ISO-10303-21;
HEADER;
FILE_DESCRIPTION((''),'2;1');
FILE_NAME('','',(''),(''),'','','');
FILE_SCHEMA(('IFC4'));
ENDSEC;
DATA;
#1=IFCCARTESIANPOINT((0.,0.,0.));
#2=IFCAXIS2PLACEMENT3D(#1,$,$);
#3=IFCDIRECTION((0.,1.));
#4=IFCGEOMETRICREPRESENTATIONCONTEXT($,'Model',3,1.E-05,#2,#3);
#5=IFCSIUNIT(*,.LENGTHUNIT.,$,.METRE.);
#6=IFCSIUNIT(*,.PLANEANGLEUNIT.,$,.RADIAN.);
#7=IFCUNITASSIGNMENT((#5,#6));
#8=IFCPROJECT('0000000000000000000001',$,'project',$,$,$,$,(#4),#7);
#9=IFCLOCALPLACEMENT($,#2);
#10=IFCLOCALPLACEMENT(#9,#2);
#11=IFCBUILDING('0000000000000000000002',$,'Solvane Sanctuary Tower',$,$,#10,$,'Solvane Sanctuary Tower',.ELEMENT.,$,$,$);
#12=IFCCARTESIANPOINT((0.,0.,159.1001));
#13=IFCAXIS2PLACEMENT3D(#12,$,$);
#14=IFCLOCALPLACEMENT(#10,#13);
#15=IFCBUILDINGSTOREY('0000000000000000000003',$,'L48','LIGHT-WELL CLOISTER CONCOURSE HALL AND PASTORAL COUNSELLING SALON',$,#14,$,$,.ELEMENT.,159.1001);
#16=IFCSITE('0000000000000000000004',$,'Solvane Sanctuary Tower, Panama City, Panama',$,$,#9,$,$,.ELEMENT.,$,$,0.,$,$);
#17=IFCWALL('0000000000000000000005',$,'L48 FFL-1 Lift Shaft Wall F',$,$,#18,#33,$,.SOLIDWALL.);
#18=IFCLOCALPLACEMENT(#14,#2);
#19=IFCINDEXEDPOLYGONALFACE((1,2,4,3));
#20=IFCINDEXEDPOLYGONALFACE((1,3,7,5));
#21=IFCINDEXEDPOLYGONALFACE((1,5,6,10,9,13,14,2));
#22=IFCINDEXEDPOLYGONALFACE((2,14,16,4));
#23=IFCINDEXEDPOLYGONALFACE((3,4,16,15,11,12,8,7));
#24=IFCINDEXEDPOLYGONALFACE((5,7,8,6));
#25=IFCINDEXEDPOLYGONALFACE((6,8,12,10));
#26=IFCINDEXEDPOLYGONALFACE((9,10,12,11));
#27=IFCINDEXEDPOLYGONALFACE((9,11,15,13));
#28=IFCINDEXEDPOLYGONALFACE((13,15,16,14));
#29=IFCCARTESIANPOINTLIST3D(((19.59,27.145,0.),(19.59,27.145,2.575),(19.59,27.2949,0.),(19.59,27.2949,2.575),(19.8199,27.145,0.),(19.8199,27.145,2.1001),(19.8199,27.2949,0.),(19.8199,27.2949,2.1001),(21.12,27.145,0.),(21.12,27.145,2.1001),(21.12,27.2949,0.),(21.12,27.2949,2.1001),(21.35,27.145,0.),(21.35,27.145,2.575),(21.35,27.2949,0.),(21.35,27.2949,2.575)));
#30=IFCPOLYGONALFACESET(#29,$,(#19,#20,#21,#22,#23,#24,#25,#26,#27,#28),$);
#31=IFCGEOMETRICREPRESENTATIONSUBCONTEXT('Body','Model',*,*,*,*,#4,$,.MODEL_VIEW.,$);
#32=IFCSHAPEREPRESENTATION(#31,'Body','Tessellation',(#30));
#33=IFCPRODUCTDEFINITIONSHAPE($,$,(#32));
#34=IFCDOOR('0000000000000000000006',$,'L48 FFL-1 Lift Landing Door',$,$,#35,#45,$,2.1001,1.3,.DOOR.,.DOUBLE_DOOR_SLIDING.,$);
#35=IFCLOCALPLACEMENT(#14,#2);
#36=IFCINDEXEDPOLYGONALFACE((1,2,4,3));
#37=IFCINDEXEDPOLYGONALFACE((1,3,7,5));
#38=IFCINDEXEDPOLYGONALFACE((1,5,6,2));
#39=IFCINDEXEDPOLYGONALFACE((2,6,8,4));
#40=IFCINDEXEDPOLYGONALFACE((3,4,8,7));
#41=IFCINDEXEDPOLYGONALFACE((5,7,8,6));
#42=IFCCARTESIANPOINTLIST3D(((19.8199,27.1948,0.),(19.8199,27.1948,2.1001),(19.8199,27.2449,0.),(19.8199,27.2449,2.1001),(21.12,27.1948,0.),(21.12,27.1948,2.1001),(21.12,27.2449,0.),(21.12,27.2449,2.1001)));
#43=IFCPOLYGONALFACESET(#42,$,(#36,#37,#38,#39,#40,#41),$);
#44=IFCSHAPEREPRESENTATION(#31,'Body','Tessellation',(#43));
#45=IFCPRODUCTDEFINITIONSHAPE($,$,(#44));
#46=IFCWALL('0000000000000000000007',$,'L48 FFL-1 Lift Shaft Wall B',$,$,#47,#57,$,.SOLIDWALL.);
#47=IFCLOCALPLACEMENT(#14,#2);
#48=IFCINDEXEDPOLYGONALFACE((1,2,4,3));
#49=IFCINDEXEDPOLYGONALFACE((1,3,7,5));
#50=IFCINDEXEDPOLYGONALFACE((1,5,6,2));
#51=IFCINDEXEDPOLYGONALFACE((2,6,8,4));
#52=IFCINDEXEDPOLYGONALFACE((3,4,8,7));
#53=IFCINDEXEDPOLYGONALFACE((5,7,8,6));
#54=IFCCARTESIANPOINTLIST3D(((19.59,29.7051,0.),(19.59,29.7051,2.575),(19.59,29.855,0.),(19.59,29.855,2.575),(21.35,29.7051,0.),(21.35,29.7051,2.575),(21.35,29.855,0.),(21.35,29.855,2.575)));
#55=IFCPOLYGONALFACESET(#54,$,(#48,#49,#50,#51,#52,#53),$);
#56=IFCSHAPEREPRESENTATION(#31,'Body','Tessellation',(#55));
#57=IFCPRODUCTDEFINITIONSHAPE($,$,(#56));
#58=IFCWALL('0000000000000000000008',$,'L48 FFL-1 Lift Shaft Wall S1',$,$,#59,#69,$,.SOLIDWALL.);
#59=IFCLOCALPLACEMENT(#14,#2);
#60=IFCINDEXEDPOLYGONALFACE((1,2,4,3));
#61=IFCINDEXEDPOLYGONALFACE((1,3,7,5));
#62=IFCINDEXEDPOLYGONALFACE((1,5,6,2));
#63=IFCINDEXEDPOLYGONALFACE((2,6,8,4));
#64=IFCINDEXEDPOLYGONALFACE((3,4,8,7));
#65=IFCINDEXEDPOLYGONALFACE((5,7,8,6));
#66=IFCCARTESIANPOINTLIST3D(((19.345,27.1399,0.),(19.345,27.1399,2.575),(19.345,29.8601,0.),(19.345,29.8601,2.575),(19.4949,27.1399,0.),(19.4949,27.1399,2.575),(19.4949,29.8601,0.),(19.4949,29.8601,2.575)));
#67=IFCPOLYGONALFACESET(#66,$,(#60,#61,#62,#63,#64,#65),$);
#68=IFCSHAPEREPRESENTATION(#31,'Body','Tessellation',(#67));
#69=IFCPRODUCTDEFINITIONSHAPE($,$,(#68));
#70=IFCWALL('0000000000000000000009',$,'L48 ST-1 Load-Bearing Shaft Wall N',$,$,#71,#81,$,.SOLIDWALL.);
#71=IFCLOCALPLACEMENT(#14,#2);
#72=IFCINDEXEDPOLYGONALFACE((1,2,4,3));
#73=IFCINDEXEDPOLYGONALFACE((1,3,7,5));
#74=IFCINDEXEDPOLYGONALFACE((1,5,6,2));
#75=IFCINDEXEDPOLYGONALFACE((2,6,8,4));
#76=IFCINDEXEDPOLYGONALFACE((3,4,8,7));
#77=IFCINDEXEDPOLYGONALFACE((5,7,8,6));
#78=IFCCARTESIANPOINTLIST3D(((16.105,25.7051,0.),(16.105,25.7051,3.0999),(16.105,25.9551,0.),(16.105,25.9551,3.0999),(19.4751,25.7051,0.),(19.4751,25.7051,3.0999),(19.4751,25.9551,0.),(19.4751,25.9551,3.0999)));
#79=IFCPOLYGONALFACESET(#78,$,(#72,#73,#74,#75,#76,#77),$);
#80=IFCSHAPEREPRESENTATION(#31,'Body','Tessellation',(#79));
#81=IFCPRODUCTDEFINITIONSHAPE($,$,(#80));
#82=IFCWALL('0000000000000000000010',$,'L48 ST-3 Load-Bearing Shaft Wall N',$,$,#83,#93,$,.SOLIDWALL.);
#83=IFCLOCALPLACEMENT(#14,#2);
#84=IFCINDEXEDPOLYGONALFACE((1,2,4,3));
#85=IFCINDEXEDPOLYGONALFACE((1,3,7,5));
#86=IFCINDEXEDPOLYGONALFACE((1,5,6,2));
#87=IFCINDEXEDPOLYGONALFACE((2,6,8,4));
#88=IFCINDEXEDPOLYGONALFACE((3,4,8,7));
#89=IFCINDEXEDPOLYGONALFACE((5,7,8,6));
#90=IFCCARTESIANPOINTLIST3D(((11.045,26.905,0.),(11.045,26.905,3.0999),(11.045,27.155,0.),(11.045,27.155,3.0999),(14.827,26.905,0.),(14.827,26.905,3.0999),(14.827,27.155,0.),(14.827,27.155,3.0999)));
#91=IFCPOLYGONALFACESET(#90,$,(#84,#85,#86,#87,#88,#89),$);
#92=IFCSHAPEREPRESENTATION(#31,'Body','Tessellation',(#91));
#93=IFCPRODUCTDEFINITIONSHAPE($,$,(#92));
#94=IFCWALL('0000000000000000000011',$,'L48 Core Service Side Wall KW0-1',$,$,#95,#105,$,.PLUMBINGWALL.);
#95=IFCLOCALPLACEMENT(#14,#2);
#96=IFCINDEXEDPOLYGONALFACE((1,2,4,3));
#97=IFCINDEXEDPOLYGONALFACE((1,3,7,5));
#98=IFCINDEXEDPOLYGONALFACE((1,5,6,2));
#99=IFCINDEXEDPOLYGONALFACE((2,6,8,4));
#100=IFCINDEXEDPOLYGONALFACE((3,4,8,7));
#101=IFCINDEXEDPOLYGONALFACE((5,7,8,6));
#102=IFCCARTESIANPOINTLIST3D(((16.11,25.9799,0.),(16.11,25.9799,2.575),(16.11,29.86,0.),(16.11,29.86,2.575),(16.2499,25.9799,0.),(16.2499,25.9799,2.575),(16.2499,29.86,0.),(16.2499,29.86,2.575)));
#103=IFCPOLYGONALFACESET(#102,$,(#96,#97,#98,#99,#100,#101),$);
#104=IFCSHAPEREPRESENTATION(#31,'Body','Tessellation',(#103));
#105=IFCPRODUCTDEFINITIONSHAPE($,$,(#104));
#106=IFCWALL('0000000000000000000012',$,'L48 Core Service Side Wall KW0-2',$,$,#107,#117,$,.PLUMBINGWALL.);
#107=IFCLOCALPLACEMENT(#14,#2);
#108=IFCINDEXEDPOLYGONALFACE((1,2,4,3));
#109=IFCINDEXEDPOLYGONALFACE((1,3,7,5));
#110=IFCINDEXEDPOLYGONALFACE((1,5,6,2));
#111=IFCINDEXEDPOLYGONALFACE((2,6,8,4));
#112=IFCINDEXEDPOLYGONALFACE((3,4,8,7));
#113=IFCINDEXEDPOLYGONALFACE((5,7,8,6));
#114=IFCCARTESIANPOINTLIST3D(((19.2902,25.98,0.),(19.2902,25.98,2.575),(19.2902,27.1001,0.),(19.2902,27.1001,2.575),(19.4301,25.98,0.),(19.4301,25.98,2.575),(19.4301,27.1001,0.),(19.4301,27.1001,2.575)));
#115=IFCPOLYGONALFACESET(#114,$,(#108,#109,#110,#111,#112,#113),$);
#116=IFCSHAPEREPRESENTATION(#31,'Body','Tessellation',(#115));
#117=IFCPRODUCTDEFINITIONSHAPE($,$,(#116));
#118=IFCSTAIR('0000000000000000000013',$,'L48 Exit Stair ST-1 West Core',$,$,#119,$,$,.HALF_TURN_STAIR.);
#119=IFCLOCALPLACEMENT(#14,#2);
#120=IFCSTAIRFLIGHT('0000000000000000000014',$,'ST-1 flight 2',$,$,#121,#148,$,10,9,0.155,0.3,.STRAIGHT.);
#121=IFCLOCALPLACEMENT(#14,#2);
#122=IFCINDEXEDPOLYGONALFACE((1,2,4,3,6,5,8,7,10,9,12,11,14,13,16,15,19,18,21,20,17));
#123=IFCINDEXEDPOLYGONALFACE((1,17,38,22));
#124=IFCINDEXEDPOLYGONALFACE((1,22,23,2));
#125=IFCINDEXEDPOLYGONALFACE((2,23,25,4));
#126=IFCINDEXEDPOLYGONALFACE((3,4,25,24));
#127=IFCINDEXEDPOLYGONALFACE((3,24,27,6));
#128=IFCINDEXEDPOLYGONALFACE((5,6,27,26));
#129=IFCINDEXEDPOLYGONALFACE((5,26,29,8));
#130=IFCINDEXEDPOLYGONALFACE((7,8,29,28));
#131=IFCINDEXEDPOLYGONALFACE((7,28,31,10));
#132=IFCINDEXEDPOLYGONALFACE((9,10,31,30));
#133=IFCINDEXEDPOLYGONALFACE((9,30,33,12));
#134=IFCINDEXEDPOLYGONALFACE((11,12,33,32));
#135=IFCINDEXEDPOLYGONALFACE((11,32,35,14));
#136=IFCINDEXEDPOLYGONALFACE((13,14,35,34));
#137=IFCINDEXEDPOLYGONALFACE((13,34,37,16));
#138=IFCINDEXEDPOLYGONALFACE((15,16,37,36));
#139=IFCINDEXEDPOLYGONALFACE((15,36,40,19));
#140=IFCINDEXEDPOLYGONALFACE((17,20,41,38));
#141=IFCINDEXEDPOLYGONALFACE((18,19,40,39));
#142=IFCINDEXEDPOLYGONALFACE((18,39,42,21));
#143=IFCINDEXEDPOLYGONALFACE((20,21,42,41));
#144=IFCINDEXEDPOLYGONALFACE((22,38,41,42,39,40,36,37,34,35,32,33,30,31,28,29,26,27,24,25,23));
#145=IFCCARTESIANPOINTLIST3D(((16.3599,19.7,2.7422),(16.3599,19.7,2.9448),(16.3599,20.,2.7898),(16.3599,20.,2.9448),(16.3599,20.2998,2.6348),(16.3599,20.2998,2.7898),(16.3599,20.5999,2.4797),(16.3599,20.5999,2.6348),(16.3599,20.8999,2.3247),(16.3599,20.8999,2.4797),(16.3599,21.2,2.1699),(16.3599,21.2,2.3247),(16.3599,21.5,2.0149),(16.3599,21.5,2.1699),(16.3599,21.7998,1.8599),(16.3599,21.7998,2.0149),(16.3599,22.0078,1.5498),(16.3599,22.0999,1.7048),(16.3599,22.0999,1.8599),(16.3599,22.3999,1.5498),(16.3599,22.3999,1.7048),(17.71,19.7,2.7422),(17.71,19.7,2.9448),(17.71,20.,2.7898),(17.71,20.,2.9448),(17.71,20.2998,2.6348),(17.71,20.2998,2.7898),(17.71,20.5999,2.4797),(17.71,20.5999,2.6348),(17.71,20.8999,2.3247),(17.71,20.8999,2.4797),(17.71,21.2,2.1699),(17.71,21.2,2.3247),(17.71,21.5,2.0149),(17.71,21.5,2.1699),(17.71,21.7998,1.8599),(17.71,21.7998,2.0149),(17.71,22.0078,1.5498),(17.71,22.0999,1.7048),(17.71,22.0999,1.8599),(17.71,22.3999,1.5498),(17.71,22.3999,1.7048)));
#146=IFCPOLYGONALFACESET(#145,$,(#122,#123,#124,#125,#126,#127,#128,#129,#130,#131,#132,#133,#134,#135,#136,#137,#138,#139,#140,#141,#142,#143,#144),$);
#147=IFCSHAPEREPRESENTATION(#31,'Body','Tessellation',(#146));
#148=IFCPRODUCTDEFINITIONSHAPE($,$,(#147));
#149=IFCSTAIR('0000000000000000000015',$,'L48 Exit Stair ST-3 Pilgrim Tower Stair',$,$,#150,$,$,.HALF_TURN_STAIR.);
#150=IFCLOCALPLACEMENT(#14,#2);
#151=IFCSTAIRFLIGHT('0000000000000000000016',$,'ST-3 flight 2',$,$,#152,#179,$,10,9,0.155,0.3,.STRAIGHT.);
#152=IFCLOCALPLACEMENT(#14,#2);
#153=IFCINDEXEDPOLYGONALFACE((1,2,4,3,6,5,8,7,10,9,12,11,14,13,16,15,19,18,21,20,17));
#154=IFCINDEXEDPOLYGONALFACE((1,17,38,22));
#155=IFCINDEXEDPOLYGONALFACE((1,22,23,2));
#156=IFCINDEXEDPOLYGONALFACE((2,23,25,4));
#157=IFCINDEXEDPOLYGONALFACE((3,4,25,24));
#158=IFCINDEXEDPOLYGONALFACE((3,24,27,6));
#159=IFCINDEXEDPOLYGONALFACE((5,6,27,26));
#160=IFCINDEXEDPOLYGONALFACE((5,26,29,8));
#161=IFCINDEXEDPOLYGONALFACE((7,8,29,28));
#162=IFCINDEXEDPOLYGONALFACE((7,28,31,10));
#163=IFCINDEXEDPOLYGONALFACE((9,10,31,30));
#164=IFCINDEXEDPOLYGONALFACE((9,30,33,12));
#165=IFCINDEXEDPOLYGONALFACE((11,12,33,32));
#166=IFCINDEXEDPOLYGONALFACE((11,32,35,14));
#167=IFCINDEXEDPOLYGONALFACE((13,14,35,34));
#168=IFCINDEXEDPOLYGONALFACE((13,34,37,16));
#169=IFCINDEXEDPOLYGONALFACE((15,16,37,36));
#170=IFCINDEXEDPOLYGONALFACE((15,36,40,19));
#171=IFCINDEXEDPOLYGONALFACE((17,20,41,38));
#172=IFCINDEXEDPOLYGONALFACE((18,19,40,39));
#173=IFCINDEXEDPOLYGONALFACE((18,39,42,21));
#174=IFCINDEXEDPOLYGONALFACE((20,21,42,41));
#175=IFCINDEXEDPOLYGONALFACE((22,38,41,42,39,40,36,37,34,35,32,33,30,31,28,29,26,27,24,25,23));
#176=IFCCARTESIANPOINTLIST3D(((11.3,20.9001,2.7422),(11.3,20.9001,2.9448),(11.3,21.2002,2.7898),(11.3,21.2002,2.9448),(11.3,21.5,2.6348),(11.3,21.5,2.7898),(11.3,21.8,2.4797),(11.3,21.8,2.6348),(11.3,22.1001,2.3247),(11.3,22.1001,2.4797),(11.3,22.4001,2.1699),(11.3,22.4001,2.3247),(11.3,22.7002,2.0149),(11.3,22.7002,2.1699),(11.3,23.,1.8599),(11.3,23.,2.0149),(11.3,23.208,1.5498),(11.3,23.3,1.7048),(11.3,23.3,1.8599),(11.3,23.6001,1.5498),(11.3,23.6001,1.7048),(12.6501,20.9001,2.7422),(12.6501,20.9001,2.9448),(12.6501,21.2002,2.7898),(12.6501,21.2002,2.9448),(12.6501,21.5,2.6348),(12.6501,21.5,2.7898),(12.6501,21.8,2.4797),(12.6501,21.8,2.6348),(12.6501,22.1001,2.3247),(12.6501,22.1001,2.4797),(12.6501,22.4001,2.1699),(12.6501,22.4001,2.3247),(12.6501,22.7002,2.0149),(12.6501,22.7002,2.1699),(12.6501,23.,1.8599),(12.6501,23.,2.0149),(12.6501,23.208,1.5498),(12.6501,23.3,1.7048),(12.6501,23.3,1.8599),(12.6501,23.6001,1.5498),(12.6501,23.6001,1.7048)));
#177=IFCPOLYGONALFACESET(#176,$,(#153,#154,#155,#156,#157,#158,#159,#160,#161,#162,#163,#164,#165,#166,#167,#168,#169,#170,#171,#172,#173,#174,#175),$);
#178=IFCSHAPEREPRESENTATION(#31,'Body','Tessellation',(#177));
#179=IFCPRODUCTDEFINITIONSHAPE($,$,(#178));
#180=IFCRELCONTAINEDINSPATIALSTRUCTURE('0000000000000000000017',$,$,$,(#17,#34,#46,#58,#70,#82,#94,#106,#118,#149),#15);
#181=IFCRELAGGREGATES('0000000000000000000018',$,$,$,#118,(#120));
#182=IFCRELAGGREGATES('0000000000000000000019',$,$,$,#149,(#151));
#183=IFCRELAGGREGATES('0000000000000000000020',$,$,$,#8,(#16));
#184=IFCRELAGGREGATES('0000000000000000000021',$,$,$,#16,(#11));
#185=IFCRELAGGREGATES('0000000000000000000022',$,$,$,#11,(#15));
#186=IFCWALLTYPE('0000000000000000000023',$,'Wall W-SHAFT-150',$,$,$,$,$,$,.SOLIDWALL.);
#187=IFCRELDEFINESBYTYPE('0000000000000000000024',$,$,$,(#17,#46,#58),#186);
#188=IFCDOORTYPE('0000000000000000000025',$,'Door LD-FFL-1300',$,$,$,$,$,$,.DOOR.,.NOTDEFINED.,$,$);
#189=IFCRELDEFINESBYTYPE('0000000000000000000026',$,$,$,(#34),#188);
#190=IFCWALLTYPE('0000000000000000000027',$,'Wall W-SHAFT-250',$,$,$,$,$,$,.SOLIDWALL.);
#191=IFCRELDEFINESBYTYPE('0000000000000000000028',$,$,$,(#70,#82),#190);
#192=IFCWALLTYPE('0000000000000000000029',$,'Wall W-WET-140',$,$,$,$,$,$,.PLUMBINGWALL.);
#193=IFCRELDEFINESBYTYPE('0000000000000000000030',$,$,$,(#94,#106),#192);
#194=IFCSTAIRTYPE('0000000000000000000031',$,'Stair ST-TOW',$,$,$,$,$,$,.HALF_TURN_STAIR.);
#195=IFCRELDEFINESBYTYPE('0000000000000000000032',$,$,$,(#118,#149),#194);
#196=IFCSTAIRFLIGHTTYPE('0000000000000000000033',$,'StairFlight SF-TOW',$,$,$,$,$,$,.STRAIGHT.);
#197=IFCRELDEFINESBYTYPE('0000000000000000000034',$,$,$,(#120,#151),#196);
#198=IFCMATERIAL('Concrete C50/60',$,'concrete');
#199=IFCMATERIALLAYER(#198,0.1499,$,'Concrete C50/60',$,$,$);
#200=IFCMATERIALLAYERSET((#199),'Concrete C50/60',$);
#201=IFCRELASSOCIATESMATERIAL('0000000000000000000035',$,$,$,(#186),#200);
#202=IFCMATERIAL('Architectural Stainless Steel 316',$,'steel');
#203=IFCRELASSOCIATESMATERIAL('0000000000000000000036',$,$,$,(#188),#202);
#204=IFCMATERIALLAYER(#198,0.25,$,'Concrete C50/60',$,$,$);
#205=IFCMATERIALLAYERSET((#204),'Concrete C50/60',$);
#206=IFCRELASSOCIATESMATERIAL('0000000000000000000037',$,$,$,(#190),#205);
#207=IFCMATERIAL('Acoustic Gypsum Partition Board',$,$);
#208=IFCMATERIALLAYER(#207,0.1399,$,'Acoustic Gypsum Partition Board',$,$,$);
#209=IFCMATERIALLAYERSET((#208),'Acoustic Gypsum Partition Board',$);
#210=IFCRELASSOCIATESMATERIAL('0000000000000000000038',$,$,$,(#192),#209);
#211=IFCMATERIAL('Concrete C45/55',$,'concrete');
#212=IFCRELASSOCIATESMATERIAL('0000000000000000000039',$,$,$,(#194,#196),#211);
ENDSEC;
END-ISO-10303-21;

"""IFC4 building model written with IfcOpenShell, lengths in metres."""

from ifc_helpers import new_model, si_unit, direction, frame, frame_2d, origin, place, context, subcontext, project, spatial, polyline, rectangle, outline, extrude, material, layer, layer_set, type_object, element, fill, aggregate, save


model = new_model("IFC4")

# Units and contexts
model_context = context("Model", 3, precision=1e-05, world=origin(), true_north=direction((0.0, 1.0)))
body_context = subcontext(model_context, "Body", "Model", "MODEL_VIEW")
ifc_project = project(units=[si_unit("LENGTHUNIT", "METRE"), si_unit("PLANEANGLEUNIT", "RADIAN")], contexts=[model_context])

# Site, building, storey
site_placement = place(None, origin())
site = spatial("IfcSite", under=ifc_project, at=site_placement, Name="Solvane Sanctuary Tower, Panama City, Panama", CompositionType="ELEMENT", RefElevation=0.0)
building_placement = place(site_placement, origin())
building = spatial("IfcBuilding", under=site, at=building_placement, Name="Solvane Sanctuary Tower", LongName="Solvane Sanctuary Tower", CompositionType="ELEMENT")
storey_placement = place(building_placement, frame((0.0, 0.0, 159.1001)))
storey = spatial("IfcBuildingStorey", under=building, at=storey_placement, Name="L48", Description="LIGHT-WELL CLOISTER CONCOURSE HALL AND PASTORAL COUNSELLING SALON", CompositionType="ELEMENT", Elevation=159.1001)

# Shared definitions
ifc_material_1 = material(Name="Acoustic Gypsum Partition Board")

# Shared definitions
ifc_material_2 = material(Name="Concrete C50/60", Category="concrete")
ifc_layer_1 = layer(ifc_material_2, 0.1499, Name="Concrete C50/60")
ifc_layer_set_1 = layer_set([ifc_layer_1], Name="Concrete C50/60")
wall_type_1 = type_object("IfcWallType", Name="Wall W-SHAFT-150", PredefinedType="SOLIDWALL", material=ifc_layer_set_1)
ifc_material_3 = material(Name="Architectural Stainless Steel 316", Category="steel")

# Wall, opening, door
wall_1_placement = place(storey_placement, frame((19.5901, 27.22, 0.0), z_axis=(0.0, 0.0, 1.0), x_axis=(1.0, 0.0, 0.0)))
wall_1 = element("IfcWall", 1, at=wall_1_placement, inside=storey, type_object=wall_type_1, Name="L48 FFL-1 Lift Shaft Wall F", PredefinedType="SOLIDWALL", context=body_context, shape_type="SweptSolid", body=[
    extrude(rectangle(XDim=1.76, YDim=0.1499, at=frame_2d((0.8799, 0.0))), origin(), (0.0, 0.0, 1.0), 2.575),
])
opening_1_placement = place(wall_1_placement, frame((0.23, 0.0, 0.0)))
opening_1 = element("IfcOpeningElement", 2, at=opening_1_placement, cuts=wall_1, PredefinedType="OPENING", context=body_context, shape_type="SweptSolid", body=[
    extrude(rectangle(XDim=1.3, YDim=2.1001, at=frame_2d((0.6499, 1.05))), frame((0.0, 0.085, 0.0), z_axis=(0.0, -1.0, 0.0), x_axis=(1.0, 0.0, 0.0)), (0.0, 0.0, 1.0), 0.1699),
])
door_type_1 = type_object("IfcDoorType", Name="Door LD-FFL-1300", OperationType="NOTDEFINED", PredefinedType="DOOR", material=ifc_material_3)
door_1_placement = place(opening_1_placement, origin())
door_1 = element("IfcDoor", 3, at=door_1_placement, inside=storey, type_object=door_type_1, Name="L48 FFL-1 Lift Landing Door", OperationType="DOUBLE_DOOR_SLIDING", OverallHeight=2.1001, OverallWidth=1.3, PredefinedType="DOOR", context=body_context, shape_type="SweptSolid", body=[
    extrude(rectangle(XDim=1.3, YDim=2.1001, at=frame_2d((0.6499, 1.05))), frame((0.0, 0.0249, 0.0), z_axis=(0.0, -1.0, 0.0), x_axis=(1.0, 0.0, 0.0)), (0.0, 0.0, 1.0), 0.05),
])
fill(opening_1, door_1)

# Walls
wall_2_placement = place(storey_placement, frame((19.5901, 29.78, 0.0), z_axis=(0.0, 0.0, 1.0), x_axis=(1.0, 0.0, 0.0)))
element("IfcWall", 4, at=wall_2_placement, inside=storey, type_object=wall_type_1, Name="L48 FFL-1 Lift Shaft Wall B", PredefinedType="SOLIDWALL", context=body_context, shape_type="SweptSolid", body=[
    extrude(rectangle(XDim=1.76, YDim=0.1499, at=frame_2d((0.8799, 0.0))), origin(), (0.0, 0.0, 1.0), 2.575),
])
wall_3_placement = place(storey_placement, frame((19.4199, 27.1399, 0.0), z_axis=(0.0, 0.0, 1.0), x_axis=(0.0, 1.0, 0.0)))
element("IfcWall", 5, at=wall_3_placement, inside=storey, type_object=wall_type_1, Name="L48 FFL-1 Lift Shaft Wall S1", PredefinedType="SOLIDWALL", context=body_context, shape_type="SweptSolid", body=[
    extrude(rectangle(XDim=2.7202, YDim=0.1499, at=frame_2d((1.3601, 0.0))), origin(), (0.0, 0.0, 1.0), 2.575),
])
ifc_layer_2 = layer(ifc_material_2, 0.25, Name="Concrete C50/60")
ifc_layer_set_2 = layer_set([ifc_layer_2], Name="Concrete C50/60")
wall_type_2 = type_object("IfcWallType", Name="Wall W-SHAFT-250", PredefinedType="SOLIDWALL", material=ifc_layer_set_2)
wall_4_placement = place(storey_placement, frame((16.105, 25.8301, 0.0), z_axis=(0.0, 0.0, 1.0), x_axis=(1.0, 0.0, 0.0)))
element("IfcWall", 6, at=wall_4_placement, inside=storey, type_object=wall_type_2, Name="L48 ST-1 Load-Bearing Shaft Wall N", PredefinedType="SOLIDWALL", context=body_context, shape_type="SweptSolid", body=[
    extrude(rectangle(XDim=3.3701, YDim=0.25, at=frame_2d((1.6851, 0.0))), origin(), (0.0, 0.0, 1.0), 3.0999),
])
wall_5_placement = place(storey_placement, frame((11.0449, 27.03, 0.0), z_axis=(0.0, 0.0, 1.0), x_axis=(1.0, 0.0, 0.0)))
element("IfcWall", 7, at=wall_5_placement, inside=storey, type_object=wall_type_2, Name="L48 ST-3 Load-Bearing Shaft Wall N", PredefinedType="SOLIDWALL", context=body_context, shape_type="SweptSolid", body=[
    extrude(rectangle(XDim=3.782, YDim=0.25, at=frame_2d((1.8911, 0.0))), origin(), (0.0, 0.0, 1.0), 3.0999),
])
ifc_layer_3 = layer(ifc_material_1, 0.1399, Name="Acoustic Gypsum Partition Board")
ifc_layer_set_3 = layer_set([ifc_layer_3], Name="Acoustic Gypsum Partition Board")
wall_type_3 = type_object("IfcWallType", Name="Wall W-WET-140", PredefinedType="PLUMBINGWALL", material=ifc_layer_set_3)
wall_6_placement = place(storey_placement, frame((16.1799, 25.98, 0.0), z_axis=(0.0, 0.0, 1.0), x_axis=(0.0, 1.0, 0.0)))
element("IfcWall", 8, at=wall_6_placement, inside=storey, type_object=wall_type_3, Name="L48 Core Service Side Wall KW0-1", PredefinedType="PLUMBINGWALL", context=body_context, shape_type="SweptSolid", body=[
    extrude(rectangle(XDim=3.8801, YDim=0.1399, at=frame_2d((1.9399, 0.0))), origin(), (0.0, 0.0, 1.0), 2.575),
])
wall_7_placement = place(storey_placement, frame((19.3601, 25.98, 0.0), z_axis=(0.0, 0.0, 1.0), x_axis=(0.0, 1.0, 0.0)))
element("IfcWall", 9, at=wall_7_placement, inside=storey, type_object=wall_type_3, Name="L48 Core Service Side Wall KW0-2", PredefinedType="PLUMBINGWALL", context=body_context, shape_type="SweptSolid", body=[
    extrude(rectangle(XDim=1.1201, YDim=0.1399, at=frame_2d((0.5601, 0.0))), origin(), (0.0, 0.0, 1.0), 2.575),
])

# Stairs, stair flights
ifc_material_4 = material(Name="Concrete C45/55", Category="concrete")
stair_type = type_object("IfcStairType", Name="Stair ST-TOW", PredefinedType="HALF_TURN_STAIR", material=ifc_material_4)
stair_1_placement = place(storey_placement, origin())
stair_1 = element("IfcStair", 10, at=stair_1_placement, inside=storey, type_object=stair_type, Name="L48 Exit Stair ST-1 West Core", PredefinedType="HALF_TURN_STAIR")
stair_flight_type = type_object("IfcStairFlightType", Name="StairFlight SF-TOW", PredefinedType="STRAIGHT", material=ifc_material_4)
stair_flight_1_placement = place(storey_placement, frame((17.0349, 22.3999, 1.5498), z_axis=(0.0, 0.0, 1.0), x_axis=(0.0, -1.0, 0.0)))
stair_flight_1 = element("IfcStairFlight", 11, at=stair_flight_1_placement, type_object=stair_flight_type, Name="ST-1 flight 2", NumberOfRisers=10, NumberOfTreads=9, PredefinedType="STRAIGHT", RiserHeight=0.155, TreadLength=0.3, context=body_context, shape_type="SweptSolid", body=[
    extrude(outline(polyline([(0.0, 0.0), (0.0, 0.155), (0.3, 0.155), (0.3, 0.3101), (0.6001, 0.3101), (0.6001, 0.4651), (0.8999, 0.4651), (0.8999, 0.6201), (1.2, 0.6201), (1.2, 0.7749), (1.5, 0.7749), (1.5, 0.9299), (1.8, 0.9299), (1.8, 1.085), (2.1001, 1.085), (2.1001, 1.24), (2.3999, 1.24), (2.3999, 1.395), (2.7, 1.395), (2.7, 1.55), (2.7, 1.1924), (0.3921, 0.0), (0.0, 0.0)])), frame((0.0, 0.675, 0.0), z_axis=(0.0, -1.0, 0.0), x_axis=(1.0, 0.0, 0.0)), (0.0, 0.0, 1.0), 1.3501),
])
aggregate(stair_1, [stair_flight_1])
stair_2_placement = place(storey_placement, origin())
stair_2 = element("IfcStair", 12, at=stair_2_placement, inside=storey, type_object=stair_type, Name="L48 Exit Stair ST-3 Pilgrim Tower Stair", PredefinedType="HALF_TURN_STAIR")
stair_flight_2_placement = place(storey_placement, frame((11.9751, 23.6001, 1.5498), z_axis=(0.0, 0.0, 1.0), x_axis=(0.0, -1.0, 0.0)))
stair_flight_2 = element("IfcStairFlight", 13, at=stair_flight_2_placement, type_object=stair_flight_type, Name="ST-3 flight 2", NumberOfRisers=10, NumberOfTreads=9, PredefinedType="STRAIGHT", RiserHeight=0.155, TreadLength=0.3, context=body_context, shape_type="SweptSolid", body=[
    extrude(outline(polyline([(0.0, 0.0), (0.0, 0.155), (0.3, 0.155), (0.3, 0.3101), (0.6001, 0.3101), (0.6001, 0.4651), (0.8999, 0.4651), (0.8999, 0.6201), (1.2, 0.6201), (1.2, 0.7749), (1.5, 0.7749), (1.5, 0.9299), (1.8, 0.9299), (1.8, 1.085), (2.1001, 1.085), (2.1001, 1.24), (2.3999, 1.24), (2.3999, 1.395), (2.7, 1.395), (2.7, 1.55), (2.7, 1.1924), (0.3921, 0.0), (0.0, 0.0)])), frame((0.0, 0.675, 0.0), z_axis=(0.0, -1.0, 0.0), x_axis=(1.0, 0.0, 0.0)), (0.0, 0.0, 1.0), 1.3501),
])
aggregate(stair_2, [stair_flight_2])

save(model, "model.ifc")
